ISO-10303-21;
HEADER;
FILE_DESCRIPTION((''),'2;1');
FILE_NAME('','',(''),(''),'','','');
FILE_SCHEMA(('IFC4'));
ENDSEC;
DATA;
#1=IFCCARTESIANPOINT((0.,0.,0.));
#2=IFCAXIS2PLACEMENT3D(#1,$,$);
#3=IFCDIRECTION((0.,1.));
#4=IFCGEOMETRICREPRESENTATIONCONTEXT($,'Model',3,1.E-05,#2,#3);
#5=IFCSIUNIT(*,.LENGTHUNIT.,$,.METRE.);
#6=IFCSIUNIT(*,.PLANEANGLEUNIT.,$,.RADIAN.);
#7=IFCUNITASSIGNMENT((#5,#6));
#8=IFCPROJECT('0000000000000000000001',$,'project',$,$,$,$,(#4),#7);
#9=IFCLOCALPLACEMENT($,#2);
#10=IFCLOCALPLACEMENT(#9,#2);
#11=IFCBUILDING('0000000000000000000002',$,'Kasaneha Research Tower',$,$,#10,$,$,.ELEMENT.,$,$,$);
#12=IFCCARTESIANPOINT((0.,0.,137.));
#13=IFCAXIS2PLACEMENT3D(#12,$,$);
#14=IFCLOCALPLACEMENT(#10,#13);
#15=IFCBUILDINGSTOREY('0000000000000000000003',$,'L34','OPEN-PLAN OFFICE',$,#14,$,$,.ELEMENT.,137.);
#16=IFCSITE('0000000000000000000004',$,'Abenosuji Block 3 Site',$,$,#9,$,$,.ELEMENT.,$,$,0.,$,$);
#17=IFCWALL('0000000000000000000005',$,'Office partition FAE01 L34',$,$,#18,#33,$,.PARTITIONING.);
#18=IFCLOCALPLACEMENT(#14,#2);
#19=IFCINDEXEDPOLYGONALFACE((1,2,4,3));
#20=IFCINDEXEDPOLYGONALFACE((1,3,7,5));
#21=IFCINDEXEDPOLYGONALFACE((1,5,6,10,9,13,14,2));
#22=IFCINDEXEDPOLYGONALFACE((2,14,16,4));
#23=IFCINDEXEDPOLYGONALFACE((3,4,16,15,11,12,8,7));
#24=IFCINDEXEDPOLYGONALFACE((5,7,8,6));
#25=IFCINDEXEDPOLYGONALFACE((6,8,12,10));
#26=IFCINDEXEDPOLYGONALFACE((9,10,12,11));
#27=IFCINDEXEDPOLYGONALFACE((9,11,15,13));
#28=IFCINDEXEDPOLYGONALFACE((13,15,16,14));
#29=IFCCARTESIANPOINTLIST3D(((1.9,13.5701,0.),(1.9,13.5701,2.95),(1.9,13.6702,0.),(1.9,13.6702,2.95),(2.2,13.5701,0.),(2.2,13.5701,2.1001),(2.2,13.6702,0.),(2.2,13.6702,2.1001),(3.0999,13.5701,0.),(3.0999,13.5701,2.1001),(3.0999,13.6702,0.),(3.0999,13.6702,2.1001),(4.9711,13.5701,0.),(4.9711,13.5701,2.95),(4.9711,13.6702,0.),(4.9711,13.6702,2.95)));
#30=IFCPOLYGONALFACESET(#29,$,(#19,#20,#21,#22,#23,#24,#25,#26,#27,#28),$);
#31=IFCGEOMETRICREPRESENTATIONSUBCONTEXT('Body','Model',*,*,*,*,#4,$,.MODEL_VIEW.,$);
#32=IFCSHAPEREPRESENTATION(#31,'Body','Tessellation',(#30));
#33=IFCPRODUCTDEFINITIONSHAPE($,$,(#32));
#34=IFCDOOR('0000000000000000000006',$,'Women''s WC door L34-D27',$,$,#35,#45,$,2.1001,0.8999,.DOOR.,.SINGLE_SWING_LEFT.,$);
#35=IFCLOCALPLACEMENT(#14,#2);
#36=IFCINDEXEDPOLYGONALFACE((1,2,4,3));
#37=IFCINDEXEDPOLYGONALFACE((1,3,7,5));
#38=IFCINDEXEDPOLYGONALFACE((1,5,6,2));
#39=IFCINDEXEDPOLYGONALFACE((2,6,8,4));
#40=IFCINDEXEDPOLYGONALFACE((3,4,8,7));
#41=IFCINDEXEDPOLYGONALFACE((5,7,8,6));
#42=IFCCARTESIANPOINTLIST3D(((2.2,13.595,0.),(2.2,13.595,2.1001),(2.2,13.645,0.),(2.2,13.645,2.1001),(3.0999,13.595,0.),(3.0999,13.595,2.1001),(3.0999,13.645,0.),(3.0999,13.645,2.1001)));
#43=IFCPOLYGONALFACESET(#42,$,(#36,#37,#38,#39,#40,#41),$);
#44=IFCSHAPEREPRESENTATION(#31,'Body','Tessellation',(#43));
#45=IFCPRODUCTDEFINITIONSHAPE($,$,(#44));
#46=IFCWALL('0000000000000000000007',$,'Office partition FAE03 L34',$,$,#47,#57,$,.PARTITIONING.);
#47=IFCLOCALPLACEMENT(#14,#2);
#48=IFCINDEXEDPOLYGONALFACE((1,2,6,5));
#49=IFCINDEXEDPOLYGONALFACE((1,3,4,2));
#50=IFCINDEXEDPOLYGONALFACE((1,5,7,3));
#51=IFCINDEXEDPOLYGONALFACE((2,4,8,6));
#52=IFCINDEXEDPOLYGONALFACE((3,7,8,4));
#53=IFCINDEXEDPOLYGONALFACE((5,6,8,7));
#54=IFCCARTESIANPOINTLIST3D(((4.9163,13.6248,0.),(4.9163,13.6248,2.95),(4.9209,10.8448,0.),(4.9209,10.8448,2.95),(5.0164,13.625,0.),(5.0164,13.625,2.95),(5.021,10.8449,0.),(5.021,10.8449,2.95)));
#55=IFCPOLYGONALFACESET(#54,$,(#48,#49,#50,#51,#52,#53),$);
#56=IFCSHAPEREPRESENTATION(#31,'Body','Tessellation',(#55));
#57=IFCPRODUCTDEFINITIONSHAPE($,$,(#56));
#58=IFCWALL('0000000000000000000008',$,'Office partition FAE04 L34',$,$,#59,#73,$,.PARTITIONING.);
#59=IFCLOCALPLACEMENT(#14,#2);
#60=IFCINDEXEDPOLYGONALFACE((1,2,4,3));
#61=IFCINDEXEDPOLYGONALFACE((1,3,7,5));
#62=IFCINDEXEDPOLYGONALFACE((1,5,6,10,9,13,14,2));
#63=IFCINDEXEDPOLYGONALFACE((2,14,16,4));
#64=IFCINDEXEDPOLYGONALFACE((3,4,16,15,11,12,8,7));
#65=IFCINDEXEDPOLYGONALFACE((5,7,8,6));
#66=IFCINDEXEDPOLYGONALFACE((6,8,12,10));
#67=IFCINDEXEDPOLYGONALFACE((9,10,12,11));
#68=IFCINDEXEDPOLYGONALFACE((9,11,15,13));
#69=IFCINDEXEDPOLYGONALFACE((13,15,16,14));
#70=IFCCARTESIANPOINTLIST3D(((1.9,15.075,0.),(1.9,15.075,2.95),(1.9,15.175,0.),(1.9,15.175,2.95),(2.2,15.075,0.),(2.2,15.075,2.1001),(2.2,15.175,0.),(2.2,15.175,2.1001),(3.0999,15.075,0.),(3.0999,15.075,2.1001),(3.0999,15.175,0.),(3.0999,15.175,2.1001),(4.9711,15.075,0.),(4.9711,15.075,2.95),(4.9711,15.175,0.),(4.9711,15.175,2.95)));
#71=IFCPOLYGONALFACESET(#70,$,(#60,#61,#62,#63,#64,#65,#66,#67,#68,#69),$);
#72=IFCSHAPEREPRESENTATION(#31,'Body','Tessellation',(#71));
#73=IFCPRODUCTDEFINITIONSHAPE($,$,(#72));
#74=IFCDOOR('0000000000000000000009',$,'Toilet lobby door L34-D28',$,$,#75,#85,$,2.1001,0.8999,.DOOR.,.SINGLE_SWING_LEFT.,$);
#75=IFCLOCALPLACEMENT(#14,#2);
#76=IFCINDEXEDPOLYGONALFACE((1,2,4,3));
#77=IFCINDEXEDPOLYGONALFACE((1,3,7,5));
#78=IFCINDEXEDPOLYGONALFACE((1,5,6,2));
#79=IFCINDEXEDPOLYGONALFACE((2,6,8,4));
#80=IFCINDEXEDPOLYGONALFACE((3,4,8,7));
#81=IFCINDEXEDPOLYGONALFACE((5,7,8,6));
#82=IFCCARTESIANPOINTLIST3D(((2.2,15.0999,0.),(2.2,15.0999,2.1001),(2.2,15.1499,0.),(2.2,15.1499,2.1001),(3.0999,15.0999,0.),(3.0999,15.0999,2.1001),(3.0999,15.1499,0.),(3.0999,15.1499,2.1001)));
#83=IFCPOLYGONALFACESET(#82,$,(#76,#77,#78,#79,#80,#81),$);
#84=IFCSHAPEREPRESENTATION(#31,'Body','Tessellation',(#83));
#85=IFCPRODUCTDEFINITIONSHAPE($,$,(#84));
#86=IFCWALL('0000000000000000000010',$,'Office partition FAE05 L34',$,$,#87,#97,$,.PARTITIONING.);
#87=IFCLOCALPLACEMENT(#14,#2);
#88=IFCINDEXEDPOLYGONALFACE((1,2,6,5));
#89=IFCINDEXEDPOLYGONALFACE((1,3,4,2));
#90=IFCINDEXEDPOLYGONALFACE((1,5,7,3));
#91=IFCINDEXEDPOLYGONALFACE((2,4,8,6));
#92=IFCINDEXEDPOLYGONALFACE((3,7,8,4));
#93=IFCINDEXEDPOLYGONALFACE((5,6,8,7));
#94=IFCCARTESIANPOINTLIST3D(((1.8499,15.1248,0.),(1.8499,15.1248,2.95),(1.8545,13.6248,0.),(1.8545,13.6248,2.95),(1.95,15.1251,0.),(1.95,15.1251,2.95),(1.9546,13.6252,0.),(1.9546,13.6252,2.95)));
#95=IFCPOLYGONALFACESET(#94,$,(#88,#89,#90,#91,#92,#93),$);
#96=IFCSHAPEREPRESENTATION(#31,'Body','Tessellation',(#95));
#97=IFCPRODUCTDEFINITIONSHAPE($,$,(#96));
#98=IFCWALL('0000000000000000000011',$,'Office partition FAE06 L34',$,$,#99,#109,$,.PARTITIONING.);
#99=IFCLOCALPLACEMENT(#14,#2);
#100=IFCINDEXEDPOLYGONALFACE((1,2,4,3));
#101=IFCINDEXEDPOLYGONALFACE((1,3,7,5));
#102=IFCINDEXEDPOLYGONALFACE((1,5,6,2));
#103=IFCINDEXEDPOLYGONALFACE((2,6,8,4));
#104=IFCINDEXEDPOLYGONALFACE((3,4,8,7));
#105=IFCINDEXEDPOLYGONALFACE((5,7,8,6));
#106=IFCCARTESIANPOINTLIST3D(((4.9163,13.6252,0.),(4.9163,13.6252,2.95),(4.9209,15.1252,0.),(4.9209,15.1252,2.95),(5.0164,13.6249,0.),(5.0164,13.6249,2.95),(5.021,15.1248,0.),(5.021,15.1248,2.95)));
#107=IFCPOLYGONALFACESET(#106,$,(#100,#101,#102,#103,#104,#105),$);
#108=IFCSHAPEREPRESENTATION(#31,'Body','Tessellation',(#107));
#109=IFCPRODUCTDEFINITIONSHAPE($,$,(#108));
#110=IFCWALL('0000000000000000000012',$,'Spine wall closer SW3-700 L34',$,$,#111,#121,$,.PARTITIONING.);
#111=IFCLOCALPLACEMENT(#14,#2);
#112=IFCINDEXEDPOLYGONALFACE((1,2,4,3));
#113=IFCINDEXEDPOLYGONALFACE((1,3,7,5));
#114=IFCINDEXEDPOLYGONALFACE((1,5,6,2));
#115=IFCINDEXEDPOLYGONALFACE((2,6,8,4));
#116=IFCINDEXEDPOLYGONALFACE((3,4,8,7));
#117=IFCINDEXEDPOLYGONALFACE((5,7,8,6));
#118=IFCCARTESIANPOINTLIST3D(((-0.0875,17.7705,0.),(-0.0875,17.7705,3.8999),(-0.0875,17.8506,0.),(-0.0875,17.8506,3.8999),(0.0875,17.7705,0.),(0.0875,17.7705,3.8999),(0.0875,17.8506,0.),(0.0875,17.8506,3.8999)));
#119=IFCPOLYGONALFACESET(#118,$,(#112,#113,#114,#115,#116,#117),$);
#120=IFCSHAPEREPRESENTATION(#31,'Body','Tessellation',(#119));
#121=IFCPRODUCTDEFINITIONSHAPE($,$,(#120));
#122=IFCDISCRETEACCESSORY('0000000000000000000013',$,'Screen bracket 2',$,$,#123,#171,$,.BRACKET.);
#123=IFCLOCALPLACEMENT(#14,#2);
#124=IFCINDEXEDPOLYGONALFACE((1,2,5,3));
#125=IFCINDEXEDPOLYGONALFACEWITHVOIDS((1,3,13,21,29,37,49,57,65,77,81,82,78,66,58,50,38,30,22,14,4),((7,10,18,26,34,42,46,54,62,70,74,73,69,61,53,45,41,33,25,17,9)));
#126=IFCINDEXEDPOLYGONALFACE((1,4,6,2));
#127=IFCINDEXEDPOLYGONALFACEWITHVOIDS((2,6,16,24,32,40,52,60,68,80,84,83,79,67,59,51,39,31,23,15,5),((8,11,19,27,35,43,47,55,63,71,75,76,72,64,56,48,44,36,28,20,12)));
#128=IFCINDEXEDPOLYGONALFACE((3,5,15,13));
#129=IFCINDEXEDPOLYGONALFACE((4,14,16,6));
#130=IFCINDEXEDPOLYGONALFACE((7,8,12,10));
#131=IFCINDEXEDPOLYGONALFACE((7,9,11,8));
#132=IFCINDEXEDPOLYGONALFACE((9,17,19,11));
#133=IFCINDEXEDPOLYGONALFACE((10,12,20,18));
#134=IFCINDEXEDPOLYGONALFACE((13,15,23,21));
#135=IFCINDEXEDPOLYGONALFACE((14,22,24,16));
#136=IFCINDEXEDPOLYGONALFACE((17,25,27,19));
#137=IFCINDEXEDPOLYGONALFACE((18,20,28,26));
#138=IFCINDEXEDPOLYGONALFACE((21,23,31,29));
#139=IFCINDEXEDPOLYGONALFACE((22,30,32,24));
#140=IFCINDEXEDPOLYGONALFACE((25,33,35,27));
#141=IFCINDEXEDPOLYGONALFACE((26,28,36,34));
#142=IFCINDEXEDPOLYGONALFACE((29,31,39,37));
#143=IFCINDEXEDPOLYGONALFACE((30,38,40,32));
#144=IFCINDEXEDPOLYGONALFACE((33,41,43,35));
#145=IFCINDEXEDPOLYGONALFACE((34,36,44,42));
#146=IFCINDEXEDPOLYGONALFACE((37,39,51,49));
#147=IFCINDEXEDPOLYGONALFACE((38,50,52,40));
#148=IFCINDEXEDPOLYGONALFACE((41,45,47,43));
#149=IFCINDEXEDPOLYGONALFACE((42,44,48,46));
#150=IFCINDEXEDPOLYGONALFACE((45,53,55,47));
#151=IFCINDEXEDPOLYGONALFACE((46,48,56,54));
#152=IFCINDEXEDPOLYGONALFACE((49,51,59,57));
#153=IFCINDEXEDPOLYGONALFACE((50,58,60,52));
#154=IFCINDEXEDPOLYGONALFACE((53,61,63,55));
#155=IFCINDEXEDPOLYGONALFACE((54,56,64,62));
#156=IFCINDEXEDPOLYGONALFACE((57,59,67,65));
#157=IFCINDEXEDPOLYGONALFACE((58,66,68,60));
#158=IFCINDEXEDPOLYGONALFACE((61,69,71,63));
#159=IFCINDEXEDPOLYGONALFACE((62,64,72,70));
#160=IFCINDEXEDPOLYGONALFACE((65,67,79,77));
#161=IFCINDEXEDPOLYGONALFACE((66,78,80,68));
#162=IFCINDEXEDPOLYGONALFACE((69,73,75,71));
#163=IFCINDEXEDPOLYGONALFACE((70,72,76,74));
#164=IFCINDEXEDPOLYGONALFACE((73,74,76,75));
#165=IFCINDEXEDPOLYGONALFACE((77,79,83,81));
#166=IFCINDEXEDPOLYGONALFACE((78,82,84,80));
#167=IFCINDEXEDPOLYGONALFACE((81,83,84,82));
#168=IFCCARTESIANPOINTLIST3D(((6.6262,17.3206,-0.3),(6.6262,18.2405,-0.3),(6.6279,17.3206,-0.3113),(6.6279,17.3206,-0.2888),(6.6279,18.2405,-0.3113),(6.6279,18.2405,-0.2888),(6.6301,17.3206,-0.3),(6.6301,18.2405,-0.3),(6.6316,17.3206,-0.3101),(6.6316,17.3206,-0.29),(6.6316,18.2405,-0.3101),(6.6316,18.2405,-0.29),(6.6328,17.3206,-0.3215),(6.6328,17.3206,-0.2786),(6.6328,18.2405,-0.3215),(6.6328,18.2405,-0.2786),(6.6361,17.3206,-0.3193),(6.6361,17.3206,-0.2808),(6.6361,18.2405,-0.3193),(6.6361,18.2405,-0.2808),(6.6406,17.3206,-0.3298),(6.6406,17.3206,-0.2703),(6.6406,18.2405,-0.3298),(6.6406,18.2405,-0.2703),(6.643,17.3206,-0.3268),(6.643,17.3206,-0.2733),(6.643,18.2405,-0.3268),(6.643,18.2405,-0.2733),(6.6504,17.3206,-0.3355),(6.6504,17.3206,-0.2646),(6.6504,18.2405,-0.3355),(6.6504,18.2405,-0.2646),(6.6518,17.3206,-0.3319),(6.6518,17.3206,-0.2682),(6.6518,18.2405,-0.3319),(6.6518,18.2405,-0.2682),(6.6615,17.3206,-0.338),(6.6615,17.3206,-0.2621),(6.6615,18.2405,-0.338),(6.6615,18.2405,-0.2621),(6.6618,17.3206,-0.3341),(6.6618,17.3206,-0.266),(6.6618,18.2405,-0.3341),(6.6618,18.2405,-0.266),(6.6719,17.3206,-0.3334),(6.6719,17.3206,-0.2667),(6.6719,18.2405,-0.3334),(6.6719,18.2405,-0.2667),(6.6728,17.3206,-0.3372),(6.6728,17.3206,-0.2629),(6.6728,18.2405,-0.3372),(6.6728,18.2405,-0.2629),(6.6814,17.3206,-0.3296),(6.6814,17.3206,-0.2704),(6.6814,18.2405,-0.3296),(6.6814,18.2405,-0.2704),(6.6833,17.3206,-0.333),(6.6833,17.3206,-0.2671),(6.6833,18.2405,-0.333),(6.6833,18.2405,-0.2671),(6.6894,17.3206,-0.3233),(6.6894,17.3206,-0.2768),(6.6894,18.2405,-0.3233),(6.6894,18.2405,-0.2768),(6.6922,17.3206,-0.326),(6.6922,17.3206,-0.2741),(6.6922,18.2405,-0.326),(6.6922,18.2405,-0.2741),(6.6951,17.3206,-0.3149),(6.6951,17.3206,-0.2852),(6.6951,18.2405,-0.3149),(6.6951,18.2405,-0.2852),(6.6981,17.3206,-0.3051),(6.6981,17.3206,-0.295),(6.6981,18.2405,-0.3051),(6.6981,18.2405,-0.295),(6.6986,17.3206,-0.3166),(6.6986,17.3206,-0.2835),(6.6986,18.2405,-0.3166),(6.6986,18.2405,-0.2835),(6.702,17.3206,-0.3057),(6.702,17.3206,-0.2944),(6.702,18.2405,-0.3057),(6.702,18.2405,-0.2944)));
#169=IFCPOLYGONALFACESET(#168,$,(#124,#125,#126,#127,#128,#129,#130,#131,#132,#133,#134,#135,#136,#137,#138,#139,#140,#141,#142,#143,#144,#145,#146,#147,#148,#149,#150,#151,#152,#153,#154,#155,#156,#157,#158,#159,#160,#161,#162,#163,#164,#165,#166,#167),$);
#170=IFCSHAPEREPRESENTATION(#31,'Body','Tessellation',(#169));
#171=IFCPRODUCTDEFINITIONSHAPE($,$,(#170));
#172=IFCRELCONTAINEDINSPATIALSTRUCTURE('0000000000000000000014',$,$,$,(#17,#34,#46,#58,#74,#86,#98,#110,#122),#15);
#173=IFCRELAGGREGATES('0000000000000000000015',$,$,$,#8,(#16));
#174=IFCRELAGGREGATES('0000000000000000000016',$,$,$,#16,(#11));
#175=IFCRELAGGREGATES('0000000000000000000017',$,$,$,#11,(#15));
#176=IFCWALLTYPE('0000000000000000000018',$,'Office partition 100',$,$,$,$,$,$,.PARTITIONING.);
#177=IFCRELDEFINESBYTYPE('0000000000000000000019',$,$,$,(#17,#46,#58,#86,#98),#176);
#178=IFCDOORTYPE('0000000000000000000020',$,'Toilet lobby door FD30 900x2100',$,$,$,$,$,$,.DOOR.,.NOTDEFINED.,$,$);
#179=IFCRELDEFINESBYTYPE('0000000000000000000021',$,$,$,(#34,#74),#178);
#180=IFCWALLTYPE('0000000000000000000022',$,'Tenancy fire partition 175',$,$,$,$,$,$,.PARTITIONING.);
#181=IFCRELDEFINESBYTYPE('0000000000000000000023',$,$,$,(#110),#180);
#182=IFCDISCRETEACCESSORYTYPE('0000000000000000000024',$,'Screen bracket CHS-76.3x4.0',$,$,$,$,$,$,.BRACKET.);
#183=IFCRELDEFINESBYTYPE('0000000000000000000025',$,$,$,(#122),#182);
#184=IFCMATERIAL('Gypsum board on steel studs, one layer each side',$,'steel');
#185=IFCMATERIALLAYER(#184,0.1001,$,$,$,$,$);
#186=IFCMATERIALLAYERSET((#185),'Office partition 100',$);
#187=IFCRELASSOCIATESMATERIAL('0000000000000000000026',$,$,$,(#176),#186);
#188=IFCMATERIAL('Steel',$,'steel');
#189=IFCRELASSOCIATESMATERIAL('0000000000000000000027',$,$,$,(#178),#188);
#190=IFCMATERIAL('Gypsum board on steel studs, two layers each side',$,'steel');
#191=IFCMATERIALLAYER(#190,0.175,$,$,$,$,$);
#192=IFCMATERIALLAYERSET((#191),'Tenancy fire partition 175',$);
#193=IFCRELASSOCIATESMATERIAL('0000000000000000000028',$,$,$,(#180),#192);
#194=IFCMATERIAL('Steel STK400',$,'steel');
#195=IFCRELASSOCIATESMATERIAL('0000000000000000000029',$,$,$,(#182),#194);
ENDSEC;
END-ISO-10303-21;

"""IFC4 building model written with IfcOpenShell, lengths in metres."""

from ifc_helpers import new_model, si_unit, direction, frame, frame_2d, origin, origin_2d, place, context, subcontext, project, spatial, rectangle, hollow_circle, extrude, material, layer, layer_set, material_profile, profile_set, type_object, element, fill, save


model = new_model("IFC4")

# Units and contexts
model_context = context("Model", 3, precision=1e-05, world=origin(), true_north=direction((0.0, 1.0)))
body_context = subcontext(model_context, "Body", "Model", "MODEL_VIEW")
ifc_project = project(units=[si_unit("LENGTHUNIT", "METRE"), si_unit("PLANEANGLEUNIT", "RADIAN")], contexts=[model_context])

# Site, building, storey
site_placement = place(None, origin())
site = spatial("IfcSite", under=ifc_project, at=site_placement, Name="Abenosuji Block 3 Site", CompositionType="ELEMENT", RefElevation=0.0)
building_placement = place(site_placement, origin())
building = spatial("IfcBuilding", under=site, at=building_placement, Name="Kasaneha Research Tower", CompositionType="ELEMENT")
storey_placement = place(building_placement, frame((0.0, 0.0, 137.0)))
storey = spatial("IfcBuildingStorey", under=building, at=storey_placement, Name="L34", Description="OPEN-PLAN OFFICE", CompositionType="ELEMENT", Elevation=137.0)

# Wall, opening, door
ifc_material_1 = material(Name="Gypsum board on steel studs, one layer each side", Category="steel")
ifc_layer_1 = layer(ifc_material_1, 0.1001)
ifc_layer_set_1 = layer_set([ifc_layer_1], Name="Office partition 100")
wall_type_1 = type_object("IfcWallType", Name="Office partition 100", PredefinedType="PARTITIONING", material=ifc_layer_set_1)
wall_1_placement = place(storey_placement, frame((1.8999, 13.6201, 0.0), z_axis=(0.0, 0.0, 1.0), x_axis=(1.0, 0.0, 0.0)))
wall_1 = element("IfcWall", 1, at=wall_1_placement, inside=storey, type_object=wall_type_1, Name="Office partition FAE01 L34", PredefinedType="PARTITIONING", context=body_context, shape_type="SweptSolid", body=[
    extrude(rectangle(XDim=3.071, YDim=0.1001, at=frame_2d((1.5356, 0.0))), origin(), (0.0, 0.0, 1.0), 2.95),
])
opening_1_placement = place(wall_1_placement, frame((0.3, 0.0, 0.0)))
opening_1 = element("IfcOpeningElement", 2, at=opening_1_placement, cuts=wall_1, PredefinedType="OPENING", context=body_context, shape_type="SweptSolid", body=[
    extrude(rectangle(XDim=0.8999, YDim=2.1001, at=frame_2d((0.45, 1.05))), frame((0.0, 0.0601, 0.0), z_axis=(0.0, -1.0, 0.0), x_axis=(1.0, 0.0, 0.0)), (0.0, 0.0, 1.0), 0.1201),
])
ifc_material_2 = material(Name="Steel", Category="steel")
door_type = type_object("IfcDoorType", Name="Toilet lobby door FD30 900x2100", OperationType="NOTDEFINED", PredefinedType="DOOR", material=ifc_material_2)
door_1_placement = place(opening_1_placement, origin())
door_1 = element("IfcDoor", 3, at=door_1_placement, inside=storey, type_object=door_type, Name="Women's WC door L34-D27", OperationType="SINGLE_SWING_LEFT", OverallHeight=2.1001, OverallWidth=0.8999, PredefinedType="DOOR", context=body_context, shape_type="SweptSolid", body=[
    extrude(rectangle(XDim=0.8999, YDim=2.1001, at=frame_2d((0.45, 1.05))), frame((0.0, 0.0249, 0.0), z_axis=(0.0, -1.0, 0.0), x_axis=(1.0, 0.0, 0.0)), (0.0, 0.0, 1.0), 0.05),
])
fill(opening_1, door_1)

# Wall
wall_2_placement = place(storey_placement, frame((4.9663, 13.625, 0.0), z_axis=(0.0, 0.0, 1.0), x_axis=(0.001669, -0.999999, 0.0)))
element("IfcWall", 4, at=wall_2_placement, inside=storey, type_object=wall_type_1, Name="Office partition FAE03 L34", PredefinedType="PARTITIONING", context=body_context, shape_type="SweptSolid", body=[
    extrude(rectangle(XDim=2.78, YDim=0.1001, at=frame_2d((1.3901, 0.0))), origin(), (0.0, 0.0, 1.0), 2.95),
])

# Wall, opening, door
wall_3_placement = place(storey_placement, frame((1.8999, 15.125, 0.0), z_axis=(0.0, 0.0, 1.0), x_axis=(1.0, 0.0, 0.0)))
wall_3 = element("IfcWall", 5, at=wall_3_placement, inside=storey, type_object=wall_type_1, Name="Office partition FAE04 L34", PredefinedType="PARTITIONING", context=body_context, shape_type="SweptSolid", body=[
    extrude(rectangle(XDim=3.071, YDim=0.1001, at=frame_2d((1.5356, 0.0))), origin(), (0.0, 0.0, 1.0), 2.95),
])
opening_2_placement = place(wall_3_placement, frame((0.3, 0.0, 0.0)))
opening_2 = element("IfcOpeningElement", 6, at=opening_2_placement, cuts=wall_3, PredefinedType="OPENING", context=body_context, shape_type="SweptSolid", body=[
    extrude(rectangle(XDim=0.8999, YDim=2.1001, at=frame_2d((0.45, 1.05))), frame((0.0, 0.0601, 0.0), z_axis=(0.0, -1.0, 0.0), x_axis=(1.0, 0.0, 0.0)), (0.0, 0.0, 1.0), 0.1201),
])
door_2_placement = place(opening_2_placement, origin())
door_2 = element("IfcDoor", 7, at=door_2_placement, inside=storey, type_object=door_type, Name="Toilet lobby door L34-D28", OperationType="SINGLE_SWING_LEFT", OverallHeight=2.1001, OverallWidth=0.8999, PredefinedType="DOOR", context=body_context, shape_type="SweptSolid", body=[
    extrude(rectangle(XDim=0.8999, YDim=2.1001, at=frame_2d((0.45, 1.05))), frame((0.0, 0.0249, 0.0), z_axis=(0.0, -1.0, 0.0), x_axis=(1.0, 0.0, 0.0)), (0.0, 0.0, 1.0), 0.05),
])
fill(opening_2, door_2)

# Walls
for number, where, z_axis, x_axis, name in (
    (8, (1.9045, 13.625, 0.0), (0.0, 0.0, 1.0), (-0.003092, 0.999995, 0.0), "Office partition FAE05 L34"),
    (9, (4.9709, 15.125, 0.0), (0.0, 0.0, 1.0), (-0.003092, -0.999995, 0.0), "Office partition FAE06 L34"),
):
    element("IfcWall", number, at=place(storey_placement, frame(where, z_axis=z_axis, x_axis=x_axis)), inside=storey, type_object=wall_type_1, Name=name, PredefinedType="PARTITIONING", context=body_context, shape_type="SweptSolid", body=[
        extrude(rectangle(XDim=1.5, YDim=0.1001, at=frame_2d((0.75, 0.0))), origin(), (0.0, 0.0, 1.0), 2.95),
    ])
ifc_material_3 = material(Name="Gypsum board on steel studs, two layers each side", Category="steel")
ifc_layer_2 = layer(ifc_material_3, 0.175)
ifc_layer_set_2 = layer_set([ifc_layer_2], Name="Tenancy fire partition 175")
wall_type_2 = type_object("IfcWallType", Name="Tenancy fire partition 175", PredefinedType="PARTITIONING", material=ifc_layer_set_2)
wall_4_placement = place(storey_placement, frame((0.0, 17.7705, 0.0), z_axis=(0.0, 0.0, 1.0), x_axis=(0.0, 1.0, 0.0)))
element("IfcWall", 10, at=wall_4_placement, inside=storey, type_object=wall_type_2, Name="Spine wall closer SW3-700 L34", PredefinedType="PARTITIONING", context=body_context, shape_type="SweptSolid", body=[
    extrude(rectangle(XDim=0.0801, YDim=0.175, at=frame_2d((0.04, 0.0))), origin(), (0.0, 0.0, 1.0), 3.8999),
])

# Discrete accessory
ifc_material_4 = material(Name="Steel STK400", Category="steel")
ifc_material_profile_1 = material_profile(ifc_material_4, hollow_circle(Radius=0.0381, WallThickness=0.0039, at=origin_2d()), Name="CHS-76.3x4.0")
ifc_profile_set_1 = profile_set([ifc_material_profile_1], Name="Steel STK400")
discrete_accessory_type = type_object("IfcDiscreteAccessoryType", Name="Screen bracket CHS-76.3x4.0", PredefinedType="BRACKET", material=ifc_profile_set_1)
for number, where, z_axis, x_axis, name in (
    (11, (6.6643, 17.3206, -0.3), (0.0, 1.0, 0.0), (-1.0, 0.0, 0.0), "Screen bracket 2"),
):
    element("IfcDiscreteAccessory", number, at=place(storey_placement, frame(where, z_axis=z_axis, x_axis=x_axis)), inside=storey, type_object=discrete_accessory_type, Name=name, PredefinedType="BRACKET", context=body_context, shape_type="SweptSolid", body=[
        extrude(hollow_circle(Radius=0.0381, WallThickness=0.0039, at=origin_2d()), origin(), (0.0, 0.0, 1.0), 0.9199),
    ])

save(model, "model.ifc")
